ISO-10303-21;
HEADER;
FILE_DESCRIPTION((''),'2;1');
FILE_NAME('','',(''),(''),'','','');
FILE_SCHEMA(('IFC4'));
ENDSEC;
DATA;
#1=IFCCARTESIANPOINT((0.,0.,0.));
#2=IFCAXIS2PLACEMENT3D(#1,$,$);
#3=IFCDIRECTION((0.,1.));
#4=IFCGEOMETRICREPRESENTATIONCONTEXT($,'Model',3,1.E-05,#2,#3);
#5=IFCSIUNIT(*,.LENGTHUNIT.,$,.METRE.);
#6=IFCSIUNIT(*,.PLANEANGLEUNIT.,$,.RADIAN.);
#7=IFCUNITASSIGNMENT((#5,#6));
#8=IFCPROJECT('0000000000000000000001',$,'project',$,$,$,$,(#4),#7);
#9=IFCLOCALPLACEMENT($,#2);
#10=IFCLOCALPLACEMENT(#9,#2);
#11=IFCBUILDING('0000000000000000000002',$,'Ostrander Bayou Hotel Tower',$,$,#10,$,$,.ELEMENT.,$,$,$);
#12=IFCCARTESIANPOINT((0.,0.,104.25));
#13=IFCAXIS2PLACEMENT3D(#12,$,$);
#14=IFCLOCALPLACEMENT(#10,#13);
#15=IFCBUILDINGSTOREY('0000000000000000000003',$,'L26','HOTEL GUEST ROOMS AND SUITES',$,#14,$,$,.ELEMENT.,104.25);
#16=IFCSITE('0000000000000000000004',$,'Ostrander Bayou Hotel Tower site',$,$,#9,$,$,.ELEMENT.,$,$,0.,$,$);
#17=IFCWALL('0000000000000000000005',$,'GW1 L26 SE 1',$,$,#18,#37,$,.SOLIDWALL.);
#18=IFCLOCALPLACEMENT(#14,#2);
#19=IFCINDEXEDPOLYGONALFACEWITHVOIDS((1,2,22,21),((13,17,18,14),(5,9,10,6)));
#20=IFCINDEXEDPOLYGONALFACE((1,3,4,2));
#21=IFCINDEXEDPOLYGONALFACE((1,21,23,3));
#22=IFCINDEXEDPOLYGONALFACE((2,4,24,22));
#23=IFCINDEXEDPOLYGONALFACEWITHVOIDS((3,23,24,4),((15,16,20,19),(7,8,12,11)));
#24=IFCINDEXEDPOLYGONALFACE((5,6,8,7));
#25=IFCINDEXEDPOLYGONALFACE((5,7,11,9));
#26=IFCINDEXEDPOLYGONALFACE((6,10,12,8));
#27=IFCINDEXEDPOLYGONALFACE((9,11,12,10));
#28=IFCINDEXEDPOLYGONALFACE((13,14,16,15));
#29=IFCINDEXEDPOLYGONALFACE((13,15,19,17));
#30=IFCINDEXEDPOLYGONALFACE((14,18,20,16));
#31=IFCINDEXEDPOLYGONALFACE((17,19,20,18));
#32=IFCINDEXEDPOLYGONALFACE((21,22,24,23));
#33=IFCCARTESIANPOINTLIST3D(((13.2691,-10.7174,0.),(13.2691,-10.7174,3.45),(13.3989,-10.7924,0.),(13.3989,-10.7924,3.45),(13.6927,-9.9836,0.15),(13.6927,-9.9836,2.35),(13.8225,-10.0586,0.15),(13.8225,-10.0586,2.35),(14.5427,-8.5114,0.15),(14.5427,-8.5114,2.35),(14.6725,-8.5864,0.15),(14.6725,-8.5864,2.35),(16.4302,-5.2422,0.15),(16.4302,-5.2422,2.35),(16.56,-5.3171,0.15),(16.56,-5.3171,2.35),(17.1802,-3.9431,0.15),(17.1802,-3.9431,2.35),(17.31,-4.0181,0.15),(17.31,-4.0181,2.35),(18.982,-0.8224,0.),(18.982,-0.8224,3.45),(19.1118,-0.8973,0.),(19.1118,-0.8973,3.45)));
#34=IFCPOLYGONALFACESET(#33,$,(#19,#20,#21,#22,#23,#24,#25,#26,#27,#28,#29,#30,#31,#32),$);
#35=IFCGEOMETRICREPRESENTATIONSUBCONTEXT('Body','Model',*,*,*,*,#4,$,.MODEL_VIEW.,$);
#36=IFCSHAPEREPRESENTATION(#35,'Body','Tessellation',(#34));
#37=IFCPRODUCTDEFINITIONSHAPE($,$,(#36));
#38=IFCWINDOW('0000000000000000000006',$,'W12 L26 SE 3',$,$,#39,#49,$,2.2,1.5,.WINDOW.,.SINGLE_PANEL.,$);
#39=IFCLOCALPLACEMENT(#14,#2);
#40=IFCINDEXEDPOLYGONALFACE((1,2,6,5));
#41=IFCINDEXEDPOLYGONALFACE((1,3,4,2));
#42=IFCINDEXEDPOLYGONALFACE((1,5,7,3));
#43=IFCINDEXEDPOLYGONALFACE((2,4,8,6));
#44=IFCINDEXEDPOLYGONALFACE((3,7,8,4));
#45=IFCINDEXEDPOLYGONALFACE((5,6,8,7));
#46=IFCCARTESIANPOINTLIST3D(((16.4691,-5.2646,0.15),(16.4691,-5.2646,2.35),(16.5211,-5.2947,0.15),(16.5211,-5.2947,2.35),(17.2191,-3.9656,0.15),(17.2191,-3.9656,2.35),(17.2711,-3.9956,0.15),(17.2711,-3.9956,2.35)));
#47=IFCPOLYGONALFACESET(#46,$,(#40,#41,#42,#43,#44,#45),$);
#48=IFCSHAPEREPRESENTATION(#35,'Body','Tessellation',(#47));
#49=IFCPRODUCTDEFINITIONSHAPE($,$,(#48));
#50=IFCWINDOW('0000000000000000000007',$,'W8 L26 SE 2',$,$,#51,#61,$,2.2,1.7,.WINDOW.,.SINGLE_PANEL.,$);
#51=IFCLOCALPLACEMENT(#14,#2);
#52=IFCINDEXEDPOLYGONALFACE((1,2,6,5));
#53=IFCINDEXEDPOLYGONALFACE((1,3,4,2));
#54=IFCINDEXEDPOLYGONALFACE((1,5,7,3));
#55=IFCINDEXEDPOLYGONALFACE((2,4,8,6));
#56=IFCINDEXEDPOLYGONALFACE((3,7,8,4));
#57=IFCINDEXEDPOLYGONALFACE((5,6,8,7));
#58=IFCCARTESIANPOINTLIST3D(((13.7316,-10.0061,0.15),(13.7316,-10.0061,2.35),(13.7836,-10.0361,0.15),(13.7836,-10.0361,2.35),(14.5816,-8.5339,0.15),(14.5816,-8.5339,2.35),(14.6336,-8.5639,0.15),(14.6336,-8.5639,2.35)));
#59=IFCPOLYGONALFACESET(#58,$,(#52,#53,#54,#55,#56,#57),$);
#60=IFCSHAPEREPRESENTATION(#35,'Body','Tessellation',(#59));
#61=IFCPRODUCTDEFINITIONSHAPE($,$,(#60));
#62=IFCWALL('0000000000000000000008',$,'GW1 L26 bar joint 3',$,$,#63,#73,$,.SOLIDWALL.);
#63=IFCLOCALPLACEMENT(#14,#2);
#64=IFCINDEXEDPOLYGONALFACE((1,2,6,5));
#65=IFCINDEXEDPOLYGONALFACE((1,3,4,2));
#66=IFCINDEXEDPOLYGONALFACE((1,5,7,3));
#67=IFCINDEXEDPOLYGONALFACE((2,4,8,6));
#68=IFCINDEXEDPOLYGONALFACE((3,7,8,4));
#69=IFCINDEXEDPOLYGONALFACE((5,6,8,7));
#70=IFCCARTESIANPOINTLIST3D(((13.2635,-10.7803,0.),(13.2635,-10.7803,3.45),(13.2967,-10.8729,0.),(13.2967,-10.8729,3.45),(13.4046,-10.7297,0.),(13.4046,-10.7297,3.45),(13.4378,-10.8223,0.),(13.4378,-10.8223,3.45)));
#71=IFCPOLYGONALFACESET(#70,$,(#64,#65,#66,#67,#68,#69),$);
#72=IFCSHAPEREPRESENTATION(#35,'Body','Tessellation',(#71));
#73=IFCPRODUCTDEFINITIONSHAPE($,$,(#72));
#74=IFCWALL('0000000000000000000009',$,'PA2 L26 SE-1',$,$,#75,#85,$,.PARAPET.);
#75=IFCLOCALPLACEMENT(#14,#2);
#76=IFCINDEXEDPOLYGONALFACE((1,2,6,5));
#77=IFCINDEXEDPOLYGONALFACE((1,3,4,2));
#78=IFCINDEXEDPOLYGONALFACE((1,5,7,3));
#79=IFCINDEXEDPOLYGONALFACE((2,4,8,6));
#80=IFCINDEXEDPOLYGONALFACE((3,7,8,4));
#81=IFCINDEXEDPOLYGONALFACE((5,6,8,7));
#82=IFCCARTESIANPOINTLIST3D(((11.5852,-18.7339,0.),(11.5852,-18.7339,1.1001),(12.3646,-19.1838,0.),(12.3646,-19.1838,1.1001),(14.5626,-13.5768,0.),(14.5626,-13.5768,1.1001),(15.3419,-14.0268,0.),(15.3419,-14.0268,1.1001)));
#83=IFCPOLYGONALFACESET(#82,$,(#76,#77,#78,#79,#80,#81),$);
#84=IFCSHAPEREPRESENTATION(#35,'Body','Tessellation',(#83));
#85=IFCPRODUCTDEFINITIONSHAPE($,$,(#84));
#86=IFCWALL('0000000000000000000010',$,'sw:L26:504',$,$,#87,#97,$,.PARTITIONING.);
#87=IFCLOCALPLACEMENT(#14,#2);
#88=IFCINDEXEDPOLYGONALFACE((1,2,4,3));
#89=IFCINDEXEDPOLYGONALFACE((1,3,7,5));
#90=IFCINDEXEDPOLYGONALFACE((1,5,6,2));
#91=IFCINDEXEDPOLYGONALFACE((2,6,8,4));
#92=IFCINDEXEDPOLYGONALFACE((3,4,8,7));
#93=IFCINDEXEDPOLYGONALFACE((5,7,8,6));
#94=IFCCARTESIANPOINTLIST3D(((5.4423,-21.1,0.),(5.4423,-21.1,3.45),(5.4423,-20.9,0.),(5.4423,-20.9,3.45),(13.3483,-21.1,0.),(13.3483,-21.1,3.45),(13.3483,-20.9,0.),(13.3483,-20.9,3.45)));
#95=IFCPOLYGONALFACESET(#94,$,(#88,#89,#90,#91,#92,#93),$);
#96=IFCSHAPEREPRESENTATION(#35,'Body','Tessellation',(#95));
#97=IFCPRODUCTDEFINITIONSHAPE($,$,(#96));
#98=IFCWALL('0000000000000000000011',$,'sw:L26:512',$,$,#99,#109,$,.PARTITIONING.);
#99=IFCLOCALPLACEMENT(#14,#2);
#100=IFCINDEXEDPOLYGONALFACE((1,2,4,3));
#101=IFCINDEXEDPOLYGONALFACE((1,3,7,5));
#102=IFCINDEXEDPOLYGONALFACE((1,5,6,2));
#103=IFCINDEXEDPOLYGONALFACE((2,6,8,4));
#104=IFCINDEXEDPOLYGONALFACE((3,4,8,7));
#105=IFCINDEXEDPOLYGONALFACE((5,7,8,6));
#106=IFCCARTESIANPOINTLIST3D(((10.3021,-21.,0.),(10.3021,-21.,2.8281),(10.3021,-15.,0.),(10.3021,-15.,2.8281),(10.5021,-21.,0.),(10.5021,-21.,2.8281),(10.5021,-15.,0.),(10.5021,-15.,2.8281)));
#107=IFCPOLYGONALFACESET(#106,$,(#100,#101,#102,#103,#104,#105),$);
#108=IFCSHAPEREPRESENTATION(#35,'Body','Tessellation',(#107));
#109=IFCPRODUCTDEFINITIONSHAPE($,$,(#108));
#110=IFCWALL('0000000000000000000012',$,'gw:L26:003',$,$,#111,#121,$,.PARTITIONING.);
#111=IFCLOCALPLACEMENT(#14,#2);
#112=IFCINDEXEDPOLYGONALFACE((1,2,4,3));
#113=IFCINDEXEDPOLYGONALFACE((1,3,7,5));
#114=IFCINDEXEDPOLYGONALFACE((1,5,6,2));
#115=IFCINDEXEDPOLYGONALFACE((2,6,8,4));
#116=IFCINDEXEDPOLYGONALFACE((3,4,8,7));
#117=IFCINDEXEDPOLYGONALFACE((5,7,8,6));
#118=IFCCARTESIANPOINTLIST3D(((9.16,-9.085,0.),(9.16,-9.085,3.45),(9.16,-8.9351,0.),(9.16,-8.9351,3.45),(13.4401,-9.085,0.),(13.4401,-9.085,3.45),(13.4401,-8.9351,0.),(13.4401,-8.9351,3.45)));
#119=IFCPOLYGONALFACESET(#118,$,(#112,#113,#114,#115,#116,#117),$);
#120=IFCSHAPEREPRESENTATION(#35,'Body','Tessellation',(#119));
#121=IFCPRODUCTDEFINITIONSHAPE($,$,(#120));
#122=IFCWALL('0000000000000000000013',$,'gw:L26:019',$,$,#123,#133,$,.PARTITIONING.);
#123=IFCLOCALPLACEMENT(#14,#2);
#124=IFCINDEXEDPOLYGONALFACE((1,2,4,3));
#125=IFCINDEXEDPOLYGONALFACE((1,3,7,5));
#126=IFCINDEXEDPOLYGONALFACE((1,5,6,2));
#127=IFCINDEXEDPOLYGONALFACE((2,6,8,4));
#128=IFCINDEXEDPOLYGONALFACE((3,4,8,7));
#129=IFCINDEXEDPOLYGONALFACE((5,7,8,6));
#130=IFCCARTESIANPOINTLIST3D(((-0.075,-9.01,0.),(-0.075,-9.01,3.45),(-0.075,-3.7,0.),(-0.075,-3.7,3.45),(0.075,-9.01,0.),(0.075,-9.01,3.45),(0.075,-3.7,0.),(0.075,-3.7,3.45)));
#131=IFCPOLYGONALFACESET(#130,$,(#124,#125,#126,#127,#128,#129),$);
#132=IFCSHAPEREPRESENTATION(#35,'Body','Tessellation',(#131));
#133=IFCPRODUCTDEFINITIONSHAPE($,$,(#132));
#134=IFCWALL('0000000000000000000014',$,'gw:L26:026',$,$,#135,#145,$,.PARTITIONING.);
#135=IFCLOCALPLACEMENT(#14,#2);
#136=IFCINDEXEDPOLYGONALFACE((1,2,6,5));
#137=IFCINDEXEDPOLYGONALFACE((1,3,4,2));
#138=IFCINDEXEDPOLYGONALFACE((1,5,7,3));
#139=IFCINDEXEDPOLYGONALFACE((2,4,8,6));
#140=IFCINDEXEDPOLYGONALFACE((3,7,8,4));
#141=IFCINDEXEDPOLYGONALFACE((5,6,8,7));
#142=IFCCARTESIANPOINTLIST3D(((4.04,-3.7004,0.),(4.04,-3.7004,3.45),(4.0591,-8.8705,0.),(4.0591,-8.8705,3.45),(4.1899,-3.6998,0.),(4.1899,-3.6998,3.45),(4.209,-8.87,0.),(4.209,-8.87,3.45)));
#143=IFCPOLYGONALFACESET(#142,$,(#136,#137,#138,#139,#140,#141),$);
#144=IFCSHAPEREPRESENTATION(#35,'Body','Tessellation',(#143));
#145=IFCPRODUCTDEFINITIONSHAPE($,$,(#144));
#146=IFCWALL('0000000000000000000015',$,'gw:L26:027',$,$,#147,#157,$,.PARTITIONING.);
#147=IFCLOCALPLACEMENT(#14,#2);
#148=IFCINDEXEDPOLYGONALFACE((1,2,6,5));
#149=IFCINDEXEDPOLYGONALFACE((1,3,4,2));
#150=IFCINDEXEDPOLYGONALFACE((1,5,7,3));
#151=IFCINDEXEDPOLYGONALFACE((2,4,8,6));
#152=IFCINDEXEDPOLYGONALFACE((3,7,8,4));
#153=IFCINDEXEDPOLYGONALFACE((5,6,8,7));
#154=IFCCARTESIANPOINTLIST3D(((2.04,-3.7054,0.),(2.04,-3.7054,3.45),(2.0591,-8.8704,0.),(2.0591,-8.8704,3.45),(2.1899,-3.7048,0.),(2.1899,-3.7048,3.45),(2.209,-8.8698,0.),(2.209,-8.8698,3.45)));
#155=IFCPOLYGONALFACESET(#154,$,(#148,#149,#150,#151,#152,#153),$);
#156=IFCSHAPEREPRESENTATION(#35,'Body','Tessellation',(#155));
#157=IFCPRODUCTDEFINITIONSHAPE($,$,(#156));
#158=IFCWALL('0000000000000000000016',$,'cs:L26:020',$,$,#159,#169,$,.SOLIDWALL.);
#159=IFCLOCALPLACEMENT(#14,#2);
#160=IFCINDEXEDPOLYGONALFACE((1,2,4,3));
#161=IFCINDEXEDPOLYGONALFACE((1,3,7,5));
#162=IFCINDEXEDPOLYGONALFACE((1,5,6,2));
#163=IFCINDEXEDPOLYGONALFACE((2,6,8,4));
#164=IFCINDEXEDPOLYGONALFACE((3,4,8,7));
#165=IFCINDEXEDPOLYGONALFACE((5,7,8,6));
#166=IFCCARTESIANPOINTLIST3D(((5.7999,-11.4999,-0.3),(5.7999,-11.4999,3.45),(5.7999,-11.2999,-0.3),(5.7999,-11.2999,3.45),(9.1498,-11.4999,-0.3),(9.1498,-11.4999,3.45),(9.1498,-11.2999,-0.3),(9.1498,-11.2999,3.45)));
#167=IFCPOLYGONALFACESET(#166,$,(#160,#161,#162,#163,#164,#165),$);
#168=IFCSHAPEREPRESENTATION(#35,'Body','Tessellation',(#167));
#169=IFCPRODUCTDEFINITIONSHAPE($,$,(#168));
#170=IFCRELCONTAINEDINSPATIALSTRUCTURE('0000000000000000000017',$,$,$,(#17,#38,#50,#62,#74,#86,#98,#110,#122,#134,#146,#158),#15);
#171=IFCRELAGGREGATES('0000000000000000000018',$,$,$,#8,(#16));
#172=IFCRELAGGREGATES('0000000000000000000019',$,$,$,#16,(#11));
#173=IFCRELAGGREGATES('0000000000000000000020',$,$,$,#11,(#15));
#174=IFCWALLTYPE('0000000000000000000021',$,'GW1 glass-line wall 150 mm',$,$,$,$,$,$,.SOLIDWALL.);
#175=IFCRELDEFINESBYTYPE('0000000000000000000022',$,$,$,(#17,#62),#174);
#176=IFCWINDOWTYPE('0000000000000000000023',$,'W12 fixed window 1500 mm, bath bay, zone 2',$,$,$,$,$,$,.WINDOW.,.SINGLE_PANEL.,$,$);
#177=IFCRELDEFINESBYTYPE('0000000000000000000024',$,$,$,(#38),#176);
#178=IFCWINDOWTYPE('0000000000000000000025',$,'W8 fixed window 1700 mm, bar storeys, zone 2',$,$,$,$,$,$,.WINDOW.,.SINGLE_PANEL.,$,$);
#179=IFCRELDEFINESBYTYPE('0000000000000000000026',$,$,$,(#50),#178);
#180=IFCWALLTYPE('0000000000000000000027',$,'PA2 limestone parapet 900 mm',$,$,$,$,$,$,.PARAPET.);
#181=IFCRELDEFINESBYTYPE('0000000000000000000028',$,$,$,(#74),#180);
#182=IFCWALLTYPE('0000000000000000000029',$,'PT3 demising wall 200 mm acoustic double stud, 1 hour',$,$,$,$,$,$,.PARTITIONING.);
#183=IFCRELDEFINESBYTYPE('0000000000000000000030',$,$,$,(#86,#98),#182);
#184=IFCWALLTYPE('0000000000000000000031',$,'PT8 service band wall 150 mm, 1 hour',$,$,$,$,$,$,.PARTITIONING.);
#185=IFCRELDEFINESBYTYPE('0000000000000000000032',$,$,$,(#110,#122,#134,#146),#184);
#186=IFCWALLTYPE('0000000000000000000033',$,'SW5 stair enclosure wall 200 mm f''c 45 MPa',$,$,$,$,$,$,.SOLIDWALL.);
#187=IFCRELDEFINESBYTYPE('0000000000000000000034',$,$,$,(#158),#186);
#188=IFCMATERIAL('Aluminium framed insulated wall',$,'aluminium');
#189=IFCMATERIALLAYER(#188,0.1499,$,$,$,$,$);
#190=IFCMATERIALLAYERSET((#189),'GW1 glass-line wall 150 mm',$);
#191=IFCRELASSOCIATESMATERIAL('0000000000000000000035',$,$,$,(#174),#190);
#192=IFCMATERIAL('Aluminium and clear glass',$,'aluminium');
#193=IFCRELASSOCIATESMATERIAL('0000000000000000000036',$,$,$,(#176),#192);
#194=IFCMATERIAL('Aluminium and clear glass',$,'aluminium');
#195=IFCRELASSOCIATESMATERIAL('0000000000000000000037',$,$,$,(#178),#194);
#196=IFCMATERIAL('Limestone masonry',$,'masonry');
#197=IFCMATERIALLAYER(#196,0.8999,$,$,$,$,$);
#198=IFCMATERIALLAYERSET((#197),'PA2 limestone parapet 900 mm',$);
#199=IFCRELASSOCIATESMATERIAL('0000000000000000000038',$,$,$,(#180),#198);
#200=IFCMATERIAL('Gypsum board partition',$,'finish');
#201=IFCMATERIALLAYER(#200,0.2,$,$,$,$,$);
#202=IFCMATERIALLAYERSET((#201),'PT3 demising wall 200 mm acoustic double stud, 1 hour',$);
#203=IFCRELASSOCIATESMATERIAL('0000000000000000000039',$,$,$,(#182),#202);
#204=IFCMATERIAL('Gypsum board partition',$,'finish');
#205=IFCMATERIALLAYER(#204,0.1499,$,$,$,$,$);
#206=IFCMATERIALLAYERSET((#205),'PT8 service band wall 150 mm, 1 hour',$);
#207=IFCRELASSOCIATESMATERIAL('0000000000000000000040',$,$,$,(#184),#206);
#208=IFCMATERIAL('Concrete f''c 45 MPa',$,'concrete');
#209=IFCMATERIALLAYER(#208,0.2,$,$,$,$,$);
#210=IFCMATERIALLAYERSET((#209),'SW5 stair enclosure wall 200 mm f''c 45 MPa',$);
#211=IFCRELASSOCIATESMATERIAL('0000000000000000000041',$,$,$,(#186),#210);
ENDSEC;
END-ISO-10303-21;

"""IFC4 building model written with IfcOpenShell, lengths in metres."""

from ifc_helpers import new_model, si_unit, direction, frame, frame_2d, origin, place, context, subcontext, project, spatial, rectangle, extrude, material, layer, layer_set, type_object, element, fill, save


model = new_model("IFC4")

# Units and contexts
model_context = context("Model", 3, precision=1e-05, world=origin(), true_north=direction((0.0, 1.0)))
body_context = subcontext(model_context, "Body", "Model", "MODEL_VIEW")
ifc_project = project(units=[si_unit("LENGTHUNIT", "METRE"), si_unit("PLANEANGLEUNIT", "RADIAN")], contexts=[model_context])

# Site, building, storey
site_placement = place(None, origin())
site = spatial("IfcSite", under=ifc_project, at=site_placement, Name="Ostrander Bayou Hotel Tower site", CompositionType="ELEMENT", RefElevation=0.0)
building_placement = place(site_placement, origin())
building = spatial("IfcBuilding", under=site, at=building_placement, Name="Ostrander Bayou Hotel Tower", CompositionType="ELEMENT")
storey_placement = place(building_placement, frame((0.0, 0.0, 104.25)))
storey = spatial("IfcBuildingStorey", under=building, at=storey_placement, Name="L26", Description="HOTEL GUEST ROOMS AND SUITES", CompositionType="ELEMENT", Elevation=104.25)

# Wall, openings, windows
ifc_material_1 = material(Name="Aluminium framed insulated wall", Category="aluminium")
ifc_layer_1 = layer(ifc_material_1, 0.1499)
ifc_layer_set_1 = layer_set([ifc_layer_1], Name="GW1 glass-line wall 150 mm")
wall_type_1 = type_object("IfcWallType", Name="GW1 glass-line wall 150 mm", PredefinedType="SOLIDWALL", material=ifc_layer_set_1)
wall_1_placement = place(storey_placement, frame((13.334, -10.7549, 0.0), z_axis=(0.0, 0.0, 1.0), x_axis=(0.5, 0.866025, 0.0)))
wall_1 = element("IfcWall", 1, at=wall_1_placement, inside=storey, type_object=wall_type_1, Name="GW1 L26 SE 1", PredefinedType="SOLIDWALL", context=body_context, shape_type="SweptSolid", body=[
    extrude(rectangle(XDim=11.4258, YDim=0.1499, at=frame_2d((5.7129, 0.0))), origin(), (0.0, 0.0, 1.0), 3.45),
])
opening_1_placement = place(wall_1_placement, frame((0.8472, 0.0, 0.1499)))
opening_1 = element("IfcOpeningElement", 2, at=opening_1_placement, cuts=wall_1, PredefinedType="OPENING", context=body_context, shape_type="SweptSolid", body=[
    extrude(rectangle(XDim=1.7, YDim=2.2, at=frame_2d((0.8501, 1.1001))), frame((0.0, 0.075, 0.0), z_axis=(0.0, -1.0, 0.0), x_axis=(1.0, 0.0, 0.0)), (0.0, 0.0, 1.0), 0.1499),
])
opening_2_placement = place(wall_1_placement, frame((6.3223, 0.0, 0.1499)))
opening_2 = element("IfcOpeningElement", 3, at=opening_2_placement, cuts=wall_1, PredefinedType="OPENING", context=body_context, shape_type="SweptSolid", body=[
    extrude(rectangle(XDim=1.5, YDim=2.2, at=frame_2d((0.75, 1.1001))), frame((0.0, 0.075, 0.0), z_axis=(0.0, -1.0, 0.0), x_axis=(1.0, 0.0, 0.0)), (0.0, 0.0, 1.0), 0.1499),
])
ifc_material_2 = material(Name="Aluminium and clear glass", Category="aluminium")
window_type_1 = type_object("IfcWindowType", Name="W12 fixed window 1500 mm, bath bay, zone 2", PartitioningType="SINGLE_PANEL", PredefinedType="WINDOW", material=ifc_material_2)
window_1_placement = place(opening_2_placement, origin())
window_1 = element("IfcWindow", 4, at=window_1_placement, inside=storey, type_object=window_type_1, Name="W12 L26 SE 3", OverallHeight=2.2, OverallWidth=1.5, PartitioningType="SINGLE_PANEL", PredefinedType="WINDOW", context=body_context, shape_type="SweptSolid", body=[
    extrude(rectangle(XDim=1.5, YDim=2.2, at=frame_2d((0.75, 1.1001))), frame((0.0, 0.03, 0.0), z_axis=(0.0, -1.0, 0.0), x_axis=(1.0, 0.0, 0.0)), (0.0, 0.0, 1.0), 0.0601),
])
fill(opening_2, window_1)
ifc_material_3 = material(Name="Aluminium and clear glass", Category="aluminium")
window_type_2 = type_object("IfcWindowType", Name="W8 fixed window 1700 mm, bar storeys, zone 2", PartitioningType="SINGLE_PANEL", PredefinedType="WINDOW", material=ifc_material_3)
window_2_placement = place(opening_1_placement, origin())
window_2 = element("IfcWindow", 5, at=window_2_placement, inside=storey, type_object=window_type_2, Name="W8 L26 SE 2", OverallHeight=2.2, OverallWidth=1.7, PartitioningType="SINGLE_PANEL", PredefinedType="WINDOW", context=body_context, shape_type="SweptSolid", body=[
    extrude(rectangle(XDim=1.7, YDim=2.2, at=frame_2d((0.8501, 1.1001))), frame((0.0, 0.03, 0.0), z_axis=(0.0, -1.0, 0.0), x_axis=(1.0, 0.0, 0.0)), (0.0, 0.0, 1.0), 0.0601),
])
fill(opening_1, window_2)

# Walls
wall_2_placement = place(storey_placement, frame((13.334, -10.7549, 0.0), z_axis=(0.0, 0.0, 1.0), x_axis=(0.337752, -0.941235, 0.0)))
element("IfcWall", 6, at=wall_2_placement, inside=storey, type_object=wall_type_1, Name="GW1 L26 bar joint 3", PredefinedType="SOLIDWALL", context=body_context, shape_type="SweptSolid", body=[
    extrude(rectangle(XDim=0.0984, YDim=0.1499, at=frame_2d((0.0493, 0.0))), origin(), (0.0, 0.0, 1.0), 3.45),
])
ifc_material_4 = material(Name="Limestone masonry", Category="masonry")
ifc_layer_2 = layer(ifc_material_4, 0.8999)
ifc_layer_set_2 = layer_set([ifc_layer_2], Name="PA2 limestone parapet 900 mm")
wall_type_2 = type_object("IfcWallType", Name="PA2 limestone parapet 900 mm", PredefinedType="PARAPET", material=ifc_layer_set_2)
wall_3_placement = place(storey_placement, frame((11.9749, -18.959, 0.0), z_axis=(0.0, 0.0, 1.0), x_axis=(0.499989, 0.866032, 0.0)))
element("IfcWall", 7, at=wall_3_placement, inside=storey, type_object=wall_type_2, Name="PA2 L26 SE-1", PredefinedType="PARAPET", context=body_context, shape_type="SweptSolid", body=[
    extrude(rectangle(XDim=5.9548, YDim=0.8999, at=frame_2d((2.9775, 0.0))), origin(), (0.0, 0.0, 1.0), 1.1001),
])
ifc_material_5 = material(Name="Gypsum board partition", Category="finish")
ifc_layer_3 = layer(ifc_material_5, 0.2)
ifc_layer_set_3 = layer_set([ifc_layer_3], Name="PT3 demising wall 200 mm acoustic double stud, 1 hour")
wall_type_3 = type_object("IfcWallType", Name="PT3 demising wall 200 mm acoustic double stud, 1 hour", PredefinedType="PARTITIONING", material=ifc_layer_set_3)
wall_4_placement = place(storey_placement, frame((5.4421, -21.0, 0.0), z_axis=(0.0, 0.0, 1.0), x_axis=(1.0, 0.0, 0.0)))
element("IfcWall", 8, at=wall_4_placement, inside=storey, type_object=wall_type_3, Name="sw:L26:504", PredefinedType="PARTITIONING", context=body_context, shape_type="SweptSolid", body=[
    extrude(rectangle(XDim=7.906, YDim=0.2, at=frame_2d((3.9531, 0.0))), origin(), (0.0, 0.0, 1.0), 3.45),
])
wall_5_placement = place(storey_placement, frame((10.4021, -21.0, 0.0), z_axis=(0.0, 0.0, 1.0), x_axis=(0.0, 1.0, 0.0)))
element("IfcWall", 9, at=wall_5_placement, inside=storey, type_object=wall_type_3, Name="sw:L26:512", PredefinedType="PARTITIONING", context=body_context, shape_type="SweptSolid", body=[
    extrude(rectangle(XDim=6.0, YDim=0.2, at=frame_2d((3.0, 0.0))), origin(), (0.0, 0.0, 1.0), 2.8281),
])
ifc_material_6 = material(Name="Gypsum board partition", Category="finish")
ifc_layer_4 = layer(ifc_material_6, 0.1499)
ifc_layer_set_4 = layer_set([ifc_layer_4], Name="PT8 service band wall 150 mm, 1 hour")
wall_type_4 = type_object("IfcWallType", Name="PT8 service band wall 150 mm, 1 hour", PredefinedType="PARTITIONING", material=ifc_layer_set_4)
wall_6_placement = place(storey_placement, frame((9.1599, -9.01, 0.0), z_axis=(0.0, 0.0, 1.0), x_axis=(1.0, 0.0, 0.0)))
element("IfcWall", 10, at=wall_6_placement, inside=storey, type_object=wall_type_4, Name="gw:L26:003", PredefinedType="PARTITIONING", context=body_context, shape_type="SweptSolid", body=[
    extrude(rectangle(XDim=4.28, YDim=0.1499, at=frame_2d((2.1401, 0.0))), origin(), (0.0, 0.0, 1.0), 3.45),
])
wall_7_placement = place(storey_placement, frame((0.0, -9.01, 0.0), z_axis=(0.0, 0.0, 1.0), x_axis=(0.0, 1.0, 0.0)))
element("IfcWall", 11, at=wall_7_placement, inside=storey, type_object=wall_type_4, Name="gw:L26:019", PredefinedType="PARTITIONING", context=body_context, shape_type="SweptSolid", body=[
    extrude(rectangle(XDim=5.3101, YDim=0.1499, at=frame_2d((2.655, 0.0))), origin(), (0.0, 0.0, 1.0), 3.45),
])
wall_8_placement = place(storey_placement, frame((4.134, -8.8701, 0.0), z_axis=(0.0, 0.0, 1.0), x_axis=(-0.003683, 0.999993, 0.0)))
element("IfcWall", 12, at=wall_8_placement, inside=storey, type_object=wall_type_4, Name="gw:L26:026", PredefinedType="PARTITIONING", context=body_context, shape_type="SweptSolid", body=[
    extrude(rectangle(XDim=5.1702, YDim=0.1499, at=frame_2d((2.585, 0.0))), origin(), (0.0, 0.0, 1.0), 3.45),
])
wall_9_placement = place(storey_placement, frame((2.134, -8.8701, 0.0), z_axis=(0.0, 0.0, 1.0), x_axis=(-0.003687, 0.999993, 0.0)))
element("IfcWall", 13, at=wall_9_placement, inside=storey, type_object=wall_type_4, Name="gw:L26:027", PredefinedType="PARTITIONING", context=body_context, shape_type="SweptSolid", body=[
    extrude(rectangle(XDim=5.165, YDim=0.1499, at=frame_2d((2.5825, 0.0))), origin(), (0.0, 0.0, 1.0), 3.45),
])
ifc_material_7 = material(Name="Concrete f'c 45 MPa", Category="concrete")
ifc_layer_5 = layer(ifc_material_7, 0.2)
ifc_layer_set_5 = layer_set([ifc_layer_5], Name="SW5 stair enclosure wall 200 mm f'c 45 MPa")
wall_type_5 = type_object("IfcWallType", Name="SW5 stair enclosure wall 200 mm f'c 45 MPa", PredefinedType="SOLIDWALL", material=ifc_layer_set_5)
wall_10_placement = place(storey_placement, frame((5.8, -11.3999, -0.3), z_axis=(0.0, 0.0, 1.0), x_axis=(1.0, 0.0, 0.0)))
element("IfcWall", 14, at=wall_10_placement, inside=storey, type_object=wall_type_5, Name="cs:L26:020", PredefinedType="SOLIDWALL", context=body_context, shape_type="SweptSolid", body=[
    extrude(rectangle(XDim=3.3499, YDim=0.2, at=frame_2d((1.6748, 0.0))), origin(), (0.0, 0.0, 1.0), 3.75),
])

save(model, "model.ifc")
